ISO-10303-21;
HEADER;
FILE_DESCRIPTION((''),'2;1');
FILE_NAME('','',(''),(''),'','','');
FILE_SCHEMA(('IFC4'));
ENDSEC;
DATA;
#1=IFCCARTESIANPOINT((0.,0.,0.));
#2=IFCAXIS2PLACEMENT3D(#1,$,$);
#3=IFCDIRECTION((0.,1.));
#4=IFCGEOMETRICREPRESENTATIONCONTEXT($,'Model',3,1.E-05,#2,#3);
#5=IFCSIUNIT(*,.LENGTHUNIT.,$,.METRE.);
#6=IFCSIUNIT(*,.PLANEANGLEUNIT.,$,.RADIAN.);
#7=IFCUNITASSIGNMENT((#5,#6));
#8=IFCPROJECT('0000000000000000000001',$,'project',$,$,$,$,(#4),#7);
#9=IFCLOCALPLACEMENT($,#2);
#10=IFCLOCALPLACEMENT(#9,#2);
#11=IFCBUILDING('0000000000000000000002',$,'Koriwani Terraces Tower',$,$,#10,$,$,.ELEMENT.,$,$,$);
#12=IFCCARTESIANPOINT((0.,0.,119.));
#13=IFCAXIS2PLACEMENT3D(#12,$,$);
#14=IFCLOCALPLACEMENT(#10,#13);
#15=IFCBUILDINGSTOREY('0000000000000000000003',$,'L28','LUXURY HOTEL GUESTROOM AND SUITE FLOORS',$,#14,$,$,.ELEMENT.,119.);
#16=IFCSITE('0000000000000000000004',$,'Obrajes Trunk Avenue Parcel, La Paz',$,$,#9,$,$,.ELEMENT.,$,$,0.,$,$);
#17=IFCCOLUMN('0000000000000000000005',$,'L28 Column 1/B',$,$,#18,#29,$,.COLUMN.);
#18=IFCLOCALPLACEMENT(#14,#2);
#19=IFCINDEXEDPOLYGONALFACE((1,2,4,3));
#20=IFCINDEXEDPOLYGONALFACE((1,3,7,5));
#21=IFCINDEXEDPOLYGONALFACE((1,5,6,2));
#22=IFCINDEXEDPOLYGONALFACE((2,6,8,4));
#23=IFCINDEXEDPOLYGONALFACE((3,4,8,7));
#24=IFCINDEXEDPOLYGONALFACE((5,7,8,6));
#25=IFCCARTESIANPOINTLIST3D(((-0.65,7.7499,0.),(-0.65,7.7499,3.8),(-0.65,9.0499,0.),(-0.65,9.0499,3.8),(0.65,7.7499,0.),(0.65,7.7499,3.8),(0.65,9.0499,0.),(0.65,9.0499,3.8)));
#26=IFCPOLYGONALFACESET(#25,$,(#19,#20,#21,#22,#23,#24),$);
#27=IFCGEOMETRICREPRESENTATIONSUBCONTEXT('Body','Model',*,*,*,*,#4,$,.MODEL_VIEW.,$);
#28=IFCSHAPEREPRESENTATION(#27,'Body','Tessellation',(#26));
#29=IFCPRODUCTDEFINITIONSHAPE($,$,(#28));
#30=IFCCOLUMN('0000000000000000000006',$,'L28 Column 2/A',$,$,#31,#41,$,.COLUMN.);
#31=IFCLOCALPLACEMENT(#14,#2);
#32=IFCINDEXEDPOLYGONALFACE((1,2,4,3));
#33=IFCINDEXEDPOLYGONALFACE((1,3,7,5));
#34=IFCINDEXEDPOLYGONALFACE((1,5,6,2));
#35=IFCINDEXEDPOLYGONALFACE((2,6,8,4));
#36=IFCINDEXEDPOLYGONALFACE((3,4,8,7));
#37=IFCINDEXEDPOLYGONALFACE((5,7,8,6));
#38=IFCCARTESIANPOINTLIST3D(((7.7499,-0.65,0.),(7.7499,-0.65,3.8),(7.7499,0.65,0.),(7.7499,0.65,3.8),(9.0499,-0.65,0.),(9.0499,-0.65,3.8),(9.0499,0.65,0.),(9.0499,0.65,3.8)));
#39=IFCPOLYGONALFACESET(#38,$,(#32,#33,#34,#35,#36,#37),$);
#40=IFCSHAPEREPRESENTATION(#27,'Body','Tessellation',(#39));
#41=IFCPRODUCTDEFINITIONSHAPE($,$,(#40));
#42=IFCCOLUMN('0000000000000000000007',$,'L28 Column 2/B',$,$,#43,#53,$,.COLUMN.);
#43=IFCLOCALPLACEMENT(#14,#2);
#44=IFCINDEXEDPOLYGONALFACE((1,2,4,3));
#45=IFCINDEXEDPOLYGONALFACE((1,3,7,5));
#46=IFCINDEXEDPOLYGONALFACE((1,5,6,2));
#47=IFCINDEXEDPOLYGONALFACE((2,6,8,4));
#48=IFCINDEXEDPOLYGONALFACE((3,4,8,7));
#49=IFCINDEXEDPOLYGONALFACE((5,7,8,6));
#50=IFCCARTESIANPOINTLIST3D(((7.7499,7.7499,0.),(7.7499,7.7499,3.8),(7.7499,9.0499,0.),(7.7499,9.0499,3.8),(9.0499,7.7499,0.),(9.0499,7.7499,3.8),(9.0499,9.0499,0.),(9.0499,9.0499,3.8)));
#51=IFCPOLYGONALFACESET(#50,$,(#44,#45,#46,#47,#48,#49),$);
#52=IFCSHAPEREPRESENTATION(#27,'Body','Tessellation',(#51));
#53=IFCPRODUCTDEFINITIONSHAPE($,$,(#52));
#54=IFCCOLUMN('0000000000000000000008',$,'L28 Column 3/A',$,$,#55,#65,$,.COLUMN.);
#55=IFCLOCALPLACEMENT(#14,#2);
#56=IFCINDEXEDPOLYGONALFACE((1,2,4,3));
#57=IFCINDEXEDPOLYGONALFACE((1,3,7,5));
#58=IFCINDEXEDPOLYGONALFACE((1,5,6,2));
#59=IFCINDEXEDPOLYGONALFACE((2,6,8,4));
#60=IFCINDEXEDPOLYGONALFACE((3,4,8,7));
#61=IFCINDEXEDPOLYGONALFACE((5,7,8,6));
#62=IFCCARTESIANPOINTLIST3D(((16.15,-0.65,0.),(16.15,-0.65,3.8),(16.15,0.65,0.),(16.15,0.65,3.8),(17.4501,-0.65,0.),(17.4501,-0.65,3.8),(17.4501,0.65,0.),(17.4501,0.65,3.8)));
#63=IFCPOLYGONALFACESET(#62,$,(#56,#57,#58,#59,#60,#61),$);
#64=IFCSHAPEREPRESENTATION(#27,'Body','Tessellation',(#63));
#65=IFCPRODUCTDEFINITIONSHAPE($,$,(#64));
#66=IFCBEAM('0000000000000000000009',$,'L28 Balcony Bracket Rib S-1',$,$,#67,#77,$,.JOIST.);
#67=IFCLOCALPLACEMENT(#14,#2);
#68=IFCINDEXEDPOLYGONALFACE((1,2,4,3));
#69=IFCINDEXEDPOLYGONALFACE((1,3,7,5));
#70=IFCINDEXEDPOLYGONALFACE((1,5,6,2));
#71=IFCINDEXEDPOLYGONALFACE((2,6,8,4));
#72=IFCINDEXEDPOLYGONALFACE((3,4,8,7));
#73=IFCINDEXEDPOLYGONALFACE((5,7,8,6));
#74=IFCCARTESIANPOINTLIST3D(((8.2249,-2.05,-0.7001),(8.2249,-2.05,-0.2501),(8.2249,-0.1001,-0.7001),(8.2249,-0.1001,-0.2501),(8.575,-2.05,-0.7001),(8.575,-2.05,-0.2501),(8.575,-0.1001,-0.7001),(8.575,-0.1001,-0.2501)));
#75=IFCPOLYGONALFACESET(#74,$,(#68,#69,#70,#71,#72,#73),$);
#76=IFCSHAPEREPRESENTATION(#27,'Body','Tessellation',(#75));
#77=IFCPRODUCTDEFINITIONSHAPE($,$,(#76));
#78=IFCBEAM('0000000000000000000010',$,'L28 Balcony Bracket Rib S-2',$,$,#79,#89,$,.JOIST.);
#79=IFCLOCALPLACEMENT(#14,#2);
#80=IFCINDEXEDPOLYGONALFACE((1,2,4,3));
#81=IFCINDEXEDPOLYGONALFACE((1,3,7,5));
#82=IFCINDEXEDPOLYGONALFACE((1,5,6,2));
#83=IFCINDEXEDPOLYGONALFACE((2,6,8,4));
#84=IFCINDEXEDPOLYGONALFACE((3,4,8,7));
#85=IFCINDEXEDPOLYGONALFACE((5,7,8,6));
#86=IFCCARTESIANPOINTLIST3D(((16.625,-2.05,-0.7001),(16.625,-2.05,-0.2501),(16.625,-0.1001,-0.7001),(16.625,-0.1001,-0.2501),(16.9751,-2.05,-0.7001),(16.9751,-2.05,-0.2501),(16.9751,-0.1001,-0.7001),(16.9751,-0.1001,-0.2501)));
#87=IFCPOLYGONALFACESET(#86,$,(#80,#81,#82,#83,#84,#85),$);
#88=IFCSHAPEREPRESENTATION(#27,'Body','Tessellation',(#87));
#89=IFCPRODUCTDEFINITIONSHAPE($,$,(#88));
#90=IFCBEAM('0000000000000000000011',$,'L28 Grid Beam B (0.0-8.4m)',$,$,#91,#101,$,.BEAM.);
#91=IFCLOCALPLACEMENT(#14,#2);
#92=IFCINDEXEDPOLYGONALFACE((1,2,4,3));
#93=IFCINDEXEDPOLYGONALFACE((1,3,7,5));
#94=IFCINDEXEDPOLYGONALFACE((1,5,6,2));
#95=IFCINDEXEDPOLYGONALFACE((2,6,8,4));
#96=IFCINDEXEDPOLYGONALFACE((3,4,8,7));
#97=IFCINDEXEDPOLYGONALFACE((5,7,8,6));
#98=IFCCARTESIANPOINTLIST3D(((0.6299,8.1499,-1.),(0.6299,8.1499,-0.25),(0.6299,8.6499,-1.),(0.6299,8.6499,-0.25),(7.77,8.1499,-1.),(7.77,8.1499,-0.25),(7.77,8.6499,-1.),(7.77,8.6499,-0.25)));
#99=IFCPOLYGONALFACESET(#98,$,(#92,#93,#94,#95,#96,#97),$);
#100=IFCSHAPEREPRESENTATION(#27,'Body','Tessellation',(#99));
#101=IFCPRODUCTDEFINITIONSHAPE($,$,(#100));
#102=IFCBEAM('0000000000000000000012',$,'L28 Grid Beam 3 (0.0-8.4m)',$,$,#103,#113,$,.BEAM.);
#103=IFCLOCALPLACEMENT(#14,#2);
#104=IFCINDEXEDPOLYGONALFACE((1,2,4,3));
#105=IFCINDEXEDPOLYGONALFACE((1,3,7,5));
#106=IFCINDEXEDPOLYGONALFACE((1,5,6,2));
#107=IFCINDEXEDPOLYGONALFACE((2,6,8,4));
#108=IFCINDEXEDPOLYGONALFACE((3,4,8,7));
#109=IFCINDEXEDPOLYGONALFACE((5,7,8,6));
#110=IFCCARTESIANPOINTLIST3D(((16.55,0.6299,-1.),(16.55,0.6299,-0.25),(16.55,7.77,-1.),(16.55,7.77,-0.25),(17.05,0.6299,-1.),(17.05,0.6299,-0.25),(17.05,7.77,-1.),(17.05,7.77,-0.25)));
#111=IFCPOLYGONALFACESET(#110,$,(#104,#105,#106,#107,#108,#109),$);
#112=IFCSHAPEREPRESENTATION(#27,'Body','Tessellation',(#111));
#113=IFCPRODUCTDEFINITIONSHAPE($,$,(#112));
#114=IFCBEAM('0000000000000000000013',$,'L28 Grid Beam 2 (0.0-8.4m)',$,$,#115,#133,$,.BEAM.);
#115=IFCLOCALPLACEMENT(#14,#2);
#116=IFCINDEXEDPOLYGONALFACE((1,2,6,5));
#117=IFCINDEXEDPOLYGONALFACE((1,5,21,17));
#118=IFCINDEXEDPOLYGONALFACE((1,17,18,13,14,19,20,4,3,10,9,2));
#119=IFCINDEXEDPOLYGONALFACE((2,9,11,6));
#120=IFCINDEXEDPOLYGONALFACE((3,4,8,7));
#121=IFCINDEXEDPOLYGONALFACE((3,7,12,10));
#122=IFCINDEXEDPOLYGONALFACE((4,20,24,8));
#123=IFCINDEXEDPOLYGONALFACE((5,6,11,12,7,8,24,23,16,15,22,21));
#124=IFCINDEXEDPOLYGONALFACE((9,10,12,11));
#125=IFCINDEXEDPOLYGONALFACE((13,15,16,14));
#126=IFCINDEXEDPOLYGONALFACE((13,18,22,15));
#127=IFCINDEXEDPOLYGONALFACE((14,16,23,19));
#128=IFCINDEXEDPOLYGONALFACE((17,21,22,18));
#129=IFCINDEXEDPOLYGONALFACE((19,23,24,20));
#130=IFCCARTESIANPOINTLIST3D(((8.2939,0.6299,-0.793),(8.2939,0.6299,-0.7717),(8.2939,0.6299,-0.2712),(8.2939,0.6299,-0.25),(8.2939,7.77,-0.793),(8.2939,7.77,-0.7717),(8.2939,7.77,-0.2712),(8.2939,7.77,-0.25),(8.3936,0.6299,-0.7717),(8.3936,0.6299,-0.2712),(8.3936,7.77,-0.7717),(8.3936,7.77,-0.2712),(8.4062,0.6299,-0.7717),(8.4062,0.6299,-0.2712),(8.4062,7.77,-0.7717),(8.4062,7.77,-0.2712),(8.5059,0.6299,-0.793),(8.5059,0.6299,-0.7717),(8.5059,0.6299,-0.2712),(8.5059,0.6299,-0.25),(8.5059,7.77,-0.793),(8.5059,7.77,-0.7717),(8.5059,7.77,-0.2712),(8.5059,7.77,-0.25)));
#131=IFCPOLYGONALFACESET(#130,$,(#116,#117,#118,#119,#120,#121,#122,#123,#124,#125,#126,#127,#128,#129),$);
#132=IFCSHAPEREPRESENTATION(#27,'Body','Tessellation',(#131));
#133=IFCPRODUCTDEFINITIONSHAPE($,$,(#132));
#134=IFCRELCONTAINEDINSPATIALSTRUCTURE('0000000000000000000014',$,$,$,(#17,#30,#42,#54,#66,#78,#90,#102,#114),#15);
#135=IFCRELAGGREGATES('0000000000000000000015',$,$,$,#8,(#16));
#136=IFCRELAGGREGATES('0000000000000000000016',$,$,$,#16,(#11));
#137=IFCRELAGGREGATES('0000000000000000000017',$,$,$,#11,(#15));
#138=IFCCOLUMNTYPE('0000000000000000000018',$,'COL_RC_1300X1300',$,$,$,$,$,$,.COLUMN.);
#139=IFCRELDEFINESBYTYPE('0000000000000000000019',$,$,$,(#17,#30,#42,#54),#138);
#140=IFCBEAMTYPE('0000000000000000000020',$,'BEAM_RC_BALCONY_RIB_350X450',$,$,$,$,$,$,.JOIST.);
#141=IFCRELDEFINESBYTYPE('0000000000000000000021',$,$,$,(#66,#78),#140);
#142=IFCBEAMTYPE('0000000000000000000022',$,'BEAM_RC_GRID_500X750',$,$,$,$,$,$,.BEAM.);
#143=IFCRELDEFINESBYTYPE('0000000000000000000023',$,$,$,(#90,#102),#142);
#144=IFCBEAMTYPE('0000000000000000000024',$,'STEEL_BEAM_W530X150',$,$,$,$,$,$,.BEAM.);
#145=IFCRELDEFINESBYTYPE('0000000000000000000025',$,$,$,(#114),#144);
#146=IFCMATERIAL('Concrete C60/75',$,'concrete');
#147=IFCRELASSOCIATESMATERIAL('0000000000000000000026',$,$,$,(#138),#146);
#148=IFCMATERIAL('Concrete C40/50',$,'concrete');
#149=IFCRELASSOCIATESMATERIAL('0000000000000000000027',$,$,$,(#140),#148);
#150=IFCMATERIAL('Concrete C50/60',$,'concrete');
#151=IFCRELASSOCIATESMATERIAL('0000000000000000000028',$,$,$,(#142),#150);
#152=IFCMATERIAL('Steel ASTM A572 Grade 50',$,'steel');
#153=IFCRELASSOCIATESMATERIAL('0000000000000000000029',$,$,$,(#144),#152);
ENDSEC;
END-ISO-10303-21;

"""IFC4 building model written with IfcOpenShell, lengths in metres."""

from ifc_helpers import new_model, si_unit, direction, frame, origin, origin_2d, place, context, subcontext, project, spatial, rectangle, i_section, extrude, material, material_profile, profile_set, type_object, element, save


model = new_model("IFC4")

# Units and contexts
model_context = context("Model", 3, precision=1e-05, world=origin(), true_north=direction((0.0, 1.0)))
body_context = subcontext(model_context, "Body", "Model", "MODEL_VIEW")
ifc_project = project(units=[si_unit("LENGTHUNIT", "METRE"), si_unit("PLANEANGLEUNIT", "RADIAN")], contexts=[model_context])

# Site, building, storey
site_placement = place(None, origin())
site = spatial("IfcSite", under=ifc_project, at=site_placement, Name="Obrajes Trunk Avenue Parcel, La Paz", CompositionType="ELEMENT", RefElevation=0.0)
building_placement = place(site_placement, origin())
building = spatial("IfcBuilding", under=site, at=building_placement, Name="Koriwani Terraces Tower", CompositionType="ELEMENT")
storey_placement = place(building_placement, frame((0.0, 0.0, 119.0)))
storey = spatial("IfcBuildingStorey", under=building, at=storey_placement, Name="L28", Description="LUXURY HOTEL GUESTROOM AND SUITE FLOORS", CompositionType="ELEMENT", Elevation=119.0)

# Columns
ifc_material_1 = material(Name="Concrete C60/75", Category="concrete")
ifc_material_profile_1 = material_profile(ifc_material_1, rectangle(XDim=1.3, YDim=1.3, at=origin_2d()), Name="Concrete C60/75", Category="LoadBearing")
ifc_profile_set_1 = profile_set([ifc_material_profile_1], Name="Concrete C60/75")
column_type = type_object("IfcColumnType", Name="COL_RC_1300X1300", PredefinedType="COLUMN", material=ifc_profile_set_1)
for number, where, z_axis, x_axis, name in (
    (1, (0.0, 8.3999, 0.0), (0.0, 0.0, 1.0), (1.0, 0.0, 0.0), "L28 Column 1/B"),
    (2, (8.3999, 0.0, 0.0), (0.0, 0.0, 1.0), (1.0, 0.0, 0.0), "L28 Column 2/A"),
    (3, (8.3999, 8.3999, 0.0), (0.0, 0.0, 1.0), (1.0, 0.0, 0.0), "L28 Column 2/B"),
    (4, (16.8, 0.0, 0.0), (0.0, 0.0, 1.0), (1.0, 0.0, 0.0), "L28 Column 3/A"),
):
    element("IfcColumn", number, at=place(storey_placement, frame(where, z_axis=z_axis, x_axis=x_axis)), inside=storey, type_object=column_type, Name=name, PredefinedType="COLUMN", context=body_context, shape_type="SweptSolid", body=[
        extrude(rectangle(XDim=1.3, YDim=1.3, at=origin_2d()), origin(), (0.0, 0.0, 1.0), 3.8),
    ])

# Beams
ifc_material_2 = material(Name="Concrete C40/50", Category="concrete")
ifc_material_profile_2 = material_profile(ifc_material_2, rectangle(XDim=0.3501, YDim=0.45, at=origin_2d()), Name="Concrete C40/50", Category="LoadBearing")
ifc_profile_set_2 = profile_set([ifc_material_profile_2], Name="Concrete C40/50")
beam_type_1 = type_object("IfcBeamType", Name="BEAM_RC_BALCONY_RIB_350X450", PredefinedType="JOIST", material=ifc_profile_set_2)
for number, where, z_axis, x_axis, name in (
    (5, (8.3999, -2.05, -0.4751), (0.0, 1.0, 0.0), (-1.0, 0.0, 0.0), "L28 Balcony Bracket Rib S-1"),
    (6, (16.8, -2.05, -0.4751), (0.0, 1.0, 0.0), (-1.0, 0.0, 0.0), "L28 Balcony Bracket Rib S-2"),
):
    element("IfcBeam", number, at=place(storey_placement, frame(where, z_axis=z_axis, x_axis=x_axis)), inside=storey, type_object=beam_type_1, Name=name, PredefinedType="JOIST", context=body_context, shape_type="SweptSolid", body=[
        extrude(rectangle(XDim=0.3501, YDim=0.45, at=origin_2d()), origin(), (0.0, 0.0, 1.0), 1.95),
    ])
ifc_material_3 = material(Name="Concrete C50/60", Category="concrete")
ifc_material_profile_3 = material_profile(ifc_material_3, rectangle(XDim=0.5, YDim=0.75, at=origin_2d()), Name="Concrete C50/60", Category="LoadBearing")
ifc_profile_set_3 = profile_set([ifc_material_profile_3], Name="Concrete C50/60")
beam_type_2 = type_object("IfcBeamType", Name="BEAM_RC_GRID_500X750", PredefinedType="BEAM", material=ifc_profile_set_3)
for number, where, z_axis, x_axis, name in (
    (7, (0.6299, 8.3999, -0.625), (1.0, 0.0, 0.0), (0.0, 1.0, 0.0), "L28 Grid Beam B (0.0-8.4m)"),
    (8, (16.8, 0.6299, -0.625), (0.0, 1.0, 0.0), (-1.0, 0.0, 0.0), "L28 Grid Beam 3 (0.0-8.4m)"),
):
    element("IfcBeam", number, at=place(storey_placement, frame(where, z_axis=z_axis, x_axis=x_axis)), inside=storey, type_object=beam_type_2, Name=name, PredefinedType="BEAM", context=body_context, shape_type="SweptSolid", body=[
        extrude(rectangle(XDim=0.5, YDim=0.75, at=origin_2d()), origin(), (0.0, 0.0, 1.0), 7.1401),
    ])
ifc_material_4 = material(Name="Steel ASTM A572 Grade 50", Category="steel")
ifc_material_profile_4 = material_profile(ifc_material_4, i_section(OverallWidth=0.2119, OverallDepth=0.543, WebThickness=0.0127, FlangeThickness=0.0212, at=origin_2d()), Name="Steel ASTM A572 Grade 50", Category="LoadBearing")
ifc_profile_set_4 = profile_set([ifc_material_profile_4], Name="Steel ASTM A572 Grade 50")
beam_type_3 = type_object("IfcBeamType", Name="STEEL_BEAM_W530X150", PredefinedType="BEAM", material=ifc_profile_set_4)
beam_placement = place(storey_placement, frame((8.3999, 0.6299, -0.5215), z_axis=(0.0, 1.0, 0.0), x_axis=(-1.0, 0.0, 0.0)))
element("IfcBeam", 9, at=beam_placement, inside=storey, type_object=beam_type_3, Name="L28 Grid Beam 2 (0.0-8.4m)", PredefinedType="BEAM", context=body_context, shape_type="SweptSolid", body=[
    extrude(i_section(OverallWidth=0.2119, OverallDepth=0.543, WebThickness=0.0127, FlangeThickness=0.0212, at=origin_2d()), origin(), (0.0, 0.0, 1.0), 7.1401),
])

save(model, "model.ifc")
